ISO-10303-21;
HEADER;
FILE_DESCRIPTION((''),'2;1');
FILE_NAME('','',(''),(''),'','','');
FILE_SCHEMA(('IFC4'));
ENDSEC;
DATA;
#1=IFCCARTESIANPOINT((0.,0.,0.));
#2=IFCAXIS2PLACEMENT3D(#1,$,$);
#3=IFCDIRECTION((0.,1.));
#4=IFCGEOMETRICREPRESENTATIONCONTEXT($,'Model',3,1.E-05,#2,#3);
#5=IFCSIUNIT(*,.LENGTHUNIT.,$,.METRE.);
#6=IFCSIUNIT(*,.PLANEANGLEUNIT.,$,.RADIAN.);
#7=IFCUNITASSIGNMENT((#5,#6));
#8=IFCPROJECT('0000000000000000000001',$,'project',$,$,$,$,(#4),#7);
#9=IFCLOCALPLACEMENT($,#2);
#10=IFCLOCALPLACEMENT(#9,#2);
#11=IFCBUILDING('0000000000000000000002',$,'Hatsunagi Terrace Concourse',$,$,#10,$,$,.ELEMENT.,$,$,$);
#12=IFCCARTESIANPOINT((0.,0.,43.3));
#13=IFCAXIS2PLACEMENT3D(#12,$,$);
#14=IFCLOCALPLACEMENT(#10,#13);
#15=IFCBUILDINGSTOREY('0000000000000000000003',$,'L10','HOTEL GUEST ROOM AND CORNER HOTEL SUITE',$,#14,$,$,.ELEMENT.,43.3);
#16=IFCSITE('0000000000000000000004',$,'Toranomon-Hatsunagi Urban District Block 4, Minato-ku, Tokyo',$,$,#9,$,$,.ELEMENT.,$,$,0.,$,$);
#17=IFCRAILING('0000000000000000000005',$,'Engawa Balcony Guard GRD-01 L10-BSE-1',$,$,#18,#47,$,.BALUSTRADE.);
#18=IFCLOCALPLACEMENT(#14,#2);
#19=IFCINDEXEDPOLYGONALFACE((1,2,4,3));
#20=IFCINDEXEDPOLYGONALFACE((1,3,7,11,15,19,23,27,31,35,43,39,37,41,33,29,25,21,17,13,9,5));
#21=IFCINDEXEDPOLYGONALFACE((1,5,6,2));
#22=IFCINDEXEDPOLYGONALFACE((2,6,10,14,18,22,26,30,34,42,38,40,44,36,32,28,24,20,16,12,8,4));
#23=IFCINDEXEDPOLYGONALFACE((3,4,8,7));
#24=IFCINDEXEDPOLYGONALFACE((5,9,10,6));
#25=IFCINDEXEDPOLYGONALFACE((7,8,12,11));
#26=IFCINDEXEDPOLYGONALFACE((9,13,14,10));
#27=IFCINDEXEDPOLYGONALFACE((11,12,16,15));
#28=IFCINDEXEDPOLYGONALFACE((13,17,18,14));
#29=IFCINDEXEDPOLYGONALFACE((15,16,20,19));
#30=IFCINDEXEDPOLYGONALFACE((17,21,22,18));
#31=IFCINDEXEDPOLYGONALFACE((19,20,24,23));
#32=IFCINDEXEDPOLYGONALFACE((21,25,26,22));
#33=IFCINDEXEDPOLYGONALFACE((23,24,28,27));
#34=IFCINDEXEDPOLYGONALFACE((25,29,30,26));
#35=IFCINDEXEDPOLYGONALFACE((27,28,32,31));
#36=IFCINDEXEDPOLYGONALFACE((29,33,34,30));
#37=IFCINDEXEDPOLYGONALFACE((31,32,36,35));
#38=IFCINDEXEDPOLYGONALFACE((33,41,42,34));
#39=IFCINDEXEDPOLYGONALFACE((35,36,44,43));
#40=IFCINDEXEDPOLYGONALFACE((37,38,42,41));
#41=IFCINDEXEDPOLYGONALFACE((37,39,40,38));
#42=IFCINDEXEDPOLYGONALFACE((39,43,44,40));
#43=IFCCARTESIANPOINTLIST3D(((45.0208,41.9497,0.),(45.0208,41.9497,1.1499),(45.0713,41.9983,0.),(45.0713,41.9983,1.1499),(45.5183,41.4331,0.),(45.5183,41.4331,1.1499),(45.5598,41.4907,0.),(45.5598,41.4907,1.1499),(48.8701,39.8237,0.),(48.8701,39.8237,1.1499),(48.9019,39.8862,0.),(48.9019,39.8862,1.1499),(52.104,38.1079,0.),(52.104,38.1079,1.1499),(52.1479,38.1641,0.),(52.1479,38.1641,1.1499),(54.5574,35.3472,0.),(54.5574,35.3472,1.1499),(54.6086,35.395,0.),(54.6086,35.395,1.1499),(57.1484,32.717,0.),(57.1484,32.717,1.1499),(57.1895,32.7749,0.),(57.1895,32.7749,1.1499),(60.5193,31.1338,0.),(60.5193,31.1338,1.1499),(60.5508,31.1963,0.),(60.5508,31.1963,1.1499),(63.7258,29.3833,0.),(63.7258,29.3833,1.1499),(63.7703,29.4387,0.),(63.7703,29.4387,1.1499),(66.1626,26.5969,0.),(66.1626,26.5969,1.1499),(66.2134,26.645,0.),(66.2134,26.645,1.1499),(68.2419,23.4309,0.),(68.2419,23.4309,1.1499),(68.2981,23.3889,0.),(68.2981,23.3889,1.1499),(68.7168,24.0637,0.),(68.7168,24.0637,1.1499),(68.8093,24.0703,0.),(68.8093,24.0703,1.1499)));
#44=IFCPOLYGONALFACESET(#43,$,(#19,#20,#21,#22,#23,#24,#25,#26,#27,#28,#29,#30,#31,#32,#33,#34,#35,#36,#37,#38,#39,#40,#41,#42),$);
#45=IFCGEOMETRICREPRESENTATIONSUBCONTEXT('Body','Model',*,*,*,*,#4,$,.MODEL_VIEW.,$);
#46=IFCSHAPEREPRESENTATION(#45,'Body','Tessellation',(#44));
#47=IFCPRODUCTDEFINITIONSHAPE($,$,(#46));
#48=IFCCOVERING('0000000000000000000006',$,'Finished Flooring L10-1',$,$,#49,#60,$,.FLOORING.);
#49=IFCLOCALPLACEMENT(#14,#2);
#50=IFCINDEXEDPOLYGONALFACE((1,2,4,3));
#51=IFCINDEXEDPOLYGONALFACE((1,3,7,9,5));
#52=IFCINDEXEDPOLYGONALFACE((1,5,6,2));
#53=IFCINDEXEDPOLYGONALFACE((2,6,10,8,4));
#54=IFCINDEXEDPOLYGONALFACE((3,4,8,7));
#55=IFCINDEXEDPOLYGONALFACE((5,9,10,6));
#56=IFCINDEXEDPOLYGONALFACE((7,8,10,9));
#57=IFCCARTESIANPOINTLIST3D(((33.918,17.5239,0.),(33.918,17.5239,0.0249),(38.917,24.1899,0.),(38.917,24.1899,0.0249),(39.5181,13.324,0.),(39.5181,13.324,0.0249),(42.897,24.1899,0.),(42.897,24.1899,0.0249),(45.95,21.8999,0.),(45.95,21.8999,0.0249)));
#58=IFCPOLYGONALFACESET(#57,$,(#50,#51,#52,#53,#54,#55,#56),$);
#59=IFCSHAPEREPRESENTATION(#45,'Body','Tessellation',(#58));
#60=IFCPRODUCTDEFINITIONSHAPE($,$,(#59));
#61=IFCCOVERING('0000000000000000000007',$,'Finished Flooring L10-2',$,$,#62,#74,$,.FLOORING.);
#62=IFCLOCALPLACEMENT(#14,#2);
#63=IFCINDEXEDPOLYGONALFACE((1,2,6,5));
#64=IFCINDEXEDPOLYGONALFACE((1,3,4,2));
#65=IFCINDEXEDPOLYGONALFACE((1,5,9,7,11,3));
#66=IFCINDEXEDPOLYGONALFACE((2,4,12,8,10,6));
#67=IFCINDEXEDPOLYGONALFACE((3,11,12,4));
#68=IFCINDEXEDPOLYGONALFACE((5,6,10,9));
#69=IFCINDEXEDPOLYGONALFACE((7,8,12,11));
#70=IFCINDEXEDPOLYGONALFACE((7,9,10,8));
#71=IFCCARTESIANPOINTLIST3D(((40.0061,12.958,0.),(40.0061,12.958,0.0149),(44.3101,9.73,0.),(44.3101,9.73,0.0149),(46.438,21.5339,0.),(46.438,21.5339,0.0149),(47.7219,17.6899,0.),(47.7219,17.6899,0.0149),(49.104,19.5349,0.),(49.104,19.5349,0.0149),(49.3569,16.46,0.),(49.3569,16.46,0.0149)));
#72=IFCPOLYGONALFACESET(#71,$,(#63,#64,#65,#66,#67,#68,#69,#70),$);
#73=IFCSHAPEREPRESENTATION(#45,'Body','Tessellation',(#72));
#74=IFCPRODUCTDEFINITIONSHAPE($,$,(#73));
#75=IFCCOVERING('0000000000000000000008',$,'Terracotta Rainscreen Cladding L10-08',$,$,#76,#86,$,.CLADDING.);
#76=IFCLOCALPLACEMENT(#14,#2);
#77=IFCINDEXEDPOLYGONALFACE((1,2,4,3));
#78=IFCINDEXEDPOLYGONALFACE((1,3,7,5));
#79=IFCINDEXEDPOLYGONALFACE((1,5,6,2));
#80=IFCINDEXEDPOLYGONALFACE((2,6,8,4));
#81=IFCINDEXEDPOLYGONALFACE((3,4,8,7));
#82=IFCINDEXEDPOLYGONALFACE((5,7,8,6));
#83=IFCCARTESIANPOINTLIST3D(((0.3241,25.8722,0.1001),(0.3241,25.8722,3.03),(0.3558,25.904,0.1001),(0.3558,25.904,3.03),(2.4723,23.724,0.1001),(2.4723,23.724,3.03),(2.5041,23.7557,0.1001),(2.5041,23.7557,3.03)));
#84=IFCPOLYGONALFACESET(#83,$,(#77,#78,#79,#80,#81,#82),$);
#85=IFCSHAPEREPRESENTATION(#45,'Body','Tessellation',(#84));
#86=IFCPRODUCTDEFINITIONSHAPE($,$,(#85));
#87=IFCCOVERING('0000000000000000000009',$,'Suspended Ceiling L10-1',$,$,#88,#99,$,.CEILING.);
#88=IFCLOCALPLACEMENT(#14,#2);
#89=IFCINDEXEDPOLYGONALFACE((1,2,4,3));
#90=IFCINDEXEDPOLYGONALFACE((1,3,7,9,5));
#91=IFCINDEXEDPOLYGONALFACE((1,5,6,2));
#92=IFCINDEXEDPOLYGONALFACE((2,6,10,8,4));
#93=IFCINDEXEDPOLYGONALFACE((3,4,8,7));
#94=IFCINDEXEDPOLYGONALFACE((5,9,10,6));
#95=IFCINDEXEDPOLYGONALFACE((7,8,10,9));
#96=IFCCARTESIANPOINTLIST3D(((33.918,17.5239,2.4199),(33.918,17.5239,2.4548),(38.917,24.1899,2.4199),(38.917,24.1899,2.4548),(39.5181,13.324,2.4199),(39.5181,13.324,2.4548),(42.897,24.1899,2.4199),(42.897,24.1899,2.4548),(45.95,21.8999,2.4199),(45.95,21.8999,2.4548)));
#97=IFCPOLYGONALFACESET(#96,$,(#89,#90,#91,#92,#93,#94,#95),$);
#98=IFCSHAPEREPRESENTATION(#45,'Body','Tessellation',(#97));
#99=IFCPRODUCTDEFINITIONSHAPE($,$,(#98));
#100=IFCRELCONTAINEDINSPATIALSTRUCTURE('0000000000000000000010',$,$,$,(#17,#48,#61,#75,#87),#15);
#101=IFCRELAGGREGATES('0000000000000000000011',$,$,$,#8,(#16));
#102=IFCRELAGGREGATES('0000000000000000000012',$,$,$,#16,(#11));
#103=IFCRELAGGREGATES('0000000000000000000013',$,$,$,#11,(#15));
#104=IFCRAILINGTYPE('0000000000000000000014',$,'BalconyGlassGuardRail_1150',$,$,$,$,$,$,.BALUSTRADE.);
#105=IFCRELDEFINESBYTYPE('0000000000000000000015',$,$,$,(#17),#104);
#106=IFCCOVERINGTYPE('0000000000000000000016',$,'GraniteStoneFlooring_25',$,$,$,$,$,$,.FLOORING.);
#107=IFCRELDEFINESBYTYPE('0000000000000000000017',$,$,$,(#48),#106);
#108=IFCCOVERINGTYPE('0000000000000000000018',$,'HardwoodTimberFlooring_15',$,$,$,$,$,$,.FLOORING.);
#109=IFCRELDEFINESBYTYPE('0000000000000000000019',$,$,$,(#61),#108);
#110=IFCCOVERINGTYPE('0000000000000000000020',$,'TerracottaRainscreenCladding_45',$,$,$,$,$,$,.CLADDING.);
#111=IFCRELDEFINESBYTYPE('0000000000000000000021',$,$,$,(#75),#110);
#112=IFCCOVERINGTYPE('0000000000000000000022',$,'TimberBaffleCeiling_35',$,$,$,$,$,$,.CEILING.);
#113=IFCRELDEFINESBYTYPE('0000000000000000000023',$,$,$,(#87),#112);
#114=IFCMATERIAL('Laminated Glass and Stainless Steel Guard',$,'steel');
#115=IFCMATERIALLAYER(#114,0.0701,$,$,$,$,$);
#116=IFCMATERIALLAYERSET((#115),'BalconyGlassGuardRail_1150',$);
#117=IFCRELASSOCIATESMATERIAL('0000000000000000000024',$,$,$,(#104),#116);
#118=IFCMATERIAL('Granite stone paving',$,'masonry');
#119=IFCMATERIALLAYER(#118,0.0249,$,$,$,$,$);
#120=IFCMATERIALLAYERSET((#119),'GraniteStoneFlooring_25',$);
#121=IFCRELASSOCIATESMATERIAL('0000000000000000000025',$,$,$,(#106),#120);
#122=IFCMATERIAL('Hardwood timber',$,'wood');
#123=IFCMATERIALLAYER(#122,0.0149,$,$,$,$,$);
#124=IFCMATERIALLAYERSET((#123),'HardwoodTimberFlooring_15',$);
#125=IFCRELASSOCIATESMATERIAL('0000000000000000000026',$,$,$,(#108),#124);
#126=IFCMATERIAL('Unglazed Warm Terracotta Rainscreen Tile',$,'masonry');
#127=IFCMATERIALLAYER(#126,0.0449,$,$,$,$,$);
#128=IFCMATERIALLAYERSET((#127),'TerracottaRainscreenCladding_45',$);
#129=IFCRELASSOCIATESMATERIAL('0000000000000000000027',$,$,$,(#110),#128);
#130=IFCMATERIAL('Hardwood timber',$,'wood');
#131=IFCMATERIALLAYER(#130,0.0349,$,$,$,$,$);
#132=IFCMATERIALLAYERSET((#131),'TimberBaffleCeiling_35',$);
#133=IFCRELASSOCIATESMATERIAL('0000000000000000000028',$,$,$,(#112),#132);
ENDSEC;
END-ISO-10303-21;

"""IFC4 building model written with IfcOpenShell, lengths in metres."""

from ifc_helpers import new_model, si_unit, direction, frame, origin, origin_2d, place, context, subcontext, project, spatial, polyline, rectangle, outline, extrude, material, layer, layer_set, type_object, element, save


model = new_model("IFC4")

# Units and contexts
model_context = context("Model", 3, precision=1e-05, world=origin(), true_north=direction((0.0, 1.0)))
body_context = subcontext(model_context, "Body", "Model", "MODEL_VIEW")
ifc_project = project(units=[si_unit("LENGTHUNIT", "METRE"), si_unit("PLANEANGLEUNIT", "RADIAN")], contexts=[model_context])

# Site, building, storey
site_placement = place(None, origin())
site = spatial("IfcSite", under=ifc_project, at=site_placement, Name="Toranomon-Hatsunagi Urban District Block 4, Minato-ku, Tokyo", CompositionType="ELEMENT", RefElevation=0.0)
building_placement = place(site_placement, origin())
building = spatial("IfcBuilding", under=site, at=building_placement, Name="Hatsunagi Terrace Concourse", CompositionType="ELEMENT")
storey_placement = place(building_placement, frame((0.0, 0.0, 43.3)))
storey = spatial("IfcBuildingStorey", under=building, at=storey_placement, Name="L10", Description="HOTEL GUEST ROOM AND CORNER HOTEL SUITE", CompositionType="ELEMENT", Elevation=43.3)

# Railing
ifc_material_1 = material(Name="Laminated Glass and Stainless Steel Guard", Category="steel")
ifc_layer_1 = layer(ifc_material_1, 0.0701)
ifc_layer_set_1 = layer_set([ifc_layer_1], Name="BalconyGlassGuardRail_1150")
railing_type = type_object("IfcRailingType", Name="BalconyGlassGuardRail_1150", PredefinedType="BALUSTRADE", material=ifc_layer_set_1)
railing_1_placement = place(storey_placement, origin())
element("IfcRailing", 1, at=railing_1_placement, inside=storey, type_object=railing_type, Name="Engawa Balcony Guard GRD-01 L10-BSE-1", PredefinedType="BALUSTRADE", context=body_context, shape_type="SweptSolid", body=[
    extrude(outline(polyline([(45.0713, 41.9983), (45.0208, 41.9497), (45.5183, 41.4331), (48.8701, 39.8237), (52.104, 38.1079), (54.5574, 35.3472), (57.1484, 32.717), (60.5193, 31.1338), (63.7258, 29.3833), (66.1626, 26.5969), (68.7168, 24.0637), (68.2419, 23.4309), (68.2981, 23.3889), (68.8093, 24.0703), (66.2134, 26.645), (63.7703, 29.4387), (60.5508, 31.1963), (57.1895, 32.7749), (54.6086, 35.395), (52.1479, 38.1641), (48.9019, 39.8862), (45.5598, 41.4907), (45.0713, 41.9983)])), origin(), (0.0, 0.0, 1.0), 1.1499),
])

# Coverings
ifc_material_2 = material(Name="Granite stone paving", Category="masonry")
ifc_layer_2 = layer(ifc_material_2, 0.0249)
ifc_layer_set_2 = layer_set([ifc_layer_2], Name="GraniteStoneFlooring_25")
covering_type_1 = type_object("IfcCoveringType", Name="GraniteStoneFlooring_25", PredefinedType="FLOORING", material=ifc_layer_set_2)
covering_1_placement = place(storey_placement, origin())
element("IfcCovering", 2, at=covering_1_placement, inside=storey, type_object=covering_type_1, Name="Finished Flooring L10-1", PredefinedType="FLOORING", context=body_context, shape_type="SweptSolid", body=[
    extrude(outline(polyline([(39.5181, 13.324), (45.95, 21.8999), (42.897, 24.1899), (38.917, 24.1899), (33.918, 17.5239), (39.5181, 13.324)])), origin(), (0.0, 0.0, 1.0), 0.0249),
])
ifc_material_3 = material(Name="Hardwood timber", Category="wood")
ifc_layer_3 = layer(ifc_material_3, 0.0149)
ifc_layer_set_3 = layer_set([ifc_layer_3], Name="HardwoodTimberFlooring_15")
covering_type_2 = type_object("IfcCoveringType", Name="HardwoodTimberFlooring_15", PredefinedType="FLOORING", material=ifc_layer_set_3)
covering_2_placement = place(storey_placement, origin())
element("IfcCovering", 3, at=covering_2_placement, inside=storey, type_object=covering_type_2, Name="Finished Flooring L10-2", PredefinedType="FLOORING", context=body_context, shape_type="SweptSolid", body=[
    extrude(outline(polyline([(44.3101, 9.73), (49.3569, 16.46), (47.7219, 17.6899), (49.104, 19.5349), (46.438, 21.5339), (40.0061, 12.958), (44.3101, 9.73)])), origin(), (0.0, 0.0, 1.0), 0.0149),
])
ifc_material_4 = material(Name="Unglazed Warm Terracotta Rainscreen Tile", Category="masonry")
ifc_layer_4 = layer(ifc_material_4, 0.0449)
ifc_layer_set_4 = layer_set([ifc_layer_4], Name="TerracottaRainscreenCladding_45")
covering_type_3 = type_object("IfcCoveringType", Name="TerracottaRainscreenCladding_45", PredefinedType="CLADDING", material=ifc_layer_set_4)
covering_3_placement = place(storey_placement, frame((1.4141, 24.814, 0.1001), z_axis=(0.0, 0.0, 1.0), x_axis=(-0.707107, 0.707107, 0.0)))
element("IfcCovering", 4, at=covering_3_placement, inside=storey, type_object=covering_type_3, Name="Terracotta Rainscreen Cladding L10-08", PredefinedType="CLADDING", context=body_context, shape_type="SweptSolid", body=[
    extrude(rectangle(XDim=3.0381, YDim=0.0449, at=origin_2d()), origin(), (0.0, 0.0, 1.0), 2.9299),
])
ifc_material_5 = material(Name="Hardwood timber", Category="wood")
ifc_layer_5 = layer(ifc_material_5, 0.0349)
ifc_layer_set_5 = layer_set([ifc_layer_5], Name="TimberBaffleCeiling_35")
covering_type_4 = type_object("IfcCoveringType", Name="TimberBaffleCeiling_35", PredefinedType="CEILING", material=ifc_layer_set_5)
covering_4_placement = place(storey_placement, frame((0.0, 0.0, 2.4199)))
element("IfcCovering", 5, at=covering_4_placement, inside=storey, type_object=covering_type_4, Name="Suspended Ceiling L10-1", PredefinedType="CEILING", context=body_context, shape_type="SweptSolid", body=[
    extrude(outline(polyline([(39.5181, 13.324), (45.95, 21.8999), (42.897, 24.1899), (38.917, 24.1899), (33.918, 17.5239), (39.5181, 13.324)])), origin(), (0.0, 0.0, 1.0), 0.0349),
])

save(model, "model.ifc")
